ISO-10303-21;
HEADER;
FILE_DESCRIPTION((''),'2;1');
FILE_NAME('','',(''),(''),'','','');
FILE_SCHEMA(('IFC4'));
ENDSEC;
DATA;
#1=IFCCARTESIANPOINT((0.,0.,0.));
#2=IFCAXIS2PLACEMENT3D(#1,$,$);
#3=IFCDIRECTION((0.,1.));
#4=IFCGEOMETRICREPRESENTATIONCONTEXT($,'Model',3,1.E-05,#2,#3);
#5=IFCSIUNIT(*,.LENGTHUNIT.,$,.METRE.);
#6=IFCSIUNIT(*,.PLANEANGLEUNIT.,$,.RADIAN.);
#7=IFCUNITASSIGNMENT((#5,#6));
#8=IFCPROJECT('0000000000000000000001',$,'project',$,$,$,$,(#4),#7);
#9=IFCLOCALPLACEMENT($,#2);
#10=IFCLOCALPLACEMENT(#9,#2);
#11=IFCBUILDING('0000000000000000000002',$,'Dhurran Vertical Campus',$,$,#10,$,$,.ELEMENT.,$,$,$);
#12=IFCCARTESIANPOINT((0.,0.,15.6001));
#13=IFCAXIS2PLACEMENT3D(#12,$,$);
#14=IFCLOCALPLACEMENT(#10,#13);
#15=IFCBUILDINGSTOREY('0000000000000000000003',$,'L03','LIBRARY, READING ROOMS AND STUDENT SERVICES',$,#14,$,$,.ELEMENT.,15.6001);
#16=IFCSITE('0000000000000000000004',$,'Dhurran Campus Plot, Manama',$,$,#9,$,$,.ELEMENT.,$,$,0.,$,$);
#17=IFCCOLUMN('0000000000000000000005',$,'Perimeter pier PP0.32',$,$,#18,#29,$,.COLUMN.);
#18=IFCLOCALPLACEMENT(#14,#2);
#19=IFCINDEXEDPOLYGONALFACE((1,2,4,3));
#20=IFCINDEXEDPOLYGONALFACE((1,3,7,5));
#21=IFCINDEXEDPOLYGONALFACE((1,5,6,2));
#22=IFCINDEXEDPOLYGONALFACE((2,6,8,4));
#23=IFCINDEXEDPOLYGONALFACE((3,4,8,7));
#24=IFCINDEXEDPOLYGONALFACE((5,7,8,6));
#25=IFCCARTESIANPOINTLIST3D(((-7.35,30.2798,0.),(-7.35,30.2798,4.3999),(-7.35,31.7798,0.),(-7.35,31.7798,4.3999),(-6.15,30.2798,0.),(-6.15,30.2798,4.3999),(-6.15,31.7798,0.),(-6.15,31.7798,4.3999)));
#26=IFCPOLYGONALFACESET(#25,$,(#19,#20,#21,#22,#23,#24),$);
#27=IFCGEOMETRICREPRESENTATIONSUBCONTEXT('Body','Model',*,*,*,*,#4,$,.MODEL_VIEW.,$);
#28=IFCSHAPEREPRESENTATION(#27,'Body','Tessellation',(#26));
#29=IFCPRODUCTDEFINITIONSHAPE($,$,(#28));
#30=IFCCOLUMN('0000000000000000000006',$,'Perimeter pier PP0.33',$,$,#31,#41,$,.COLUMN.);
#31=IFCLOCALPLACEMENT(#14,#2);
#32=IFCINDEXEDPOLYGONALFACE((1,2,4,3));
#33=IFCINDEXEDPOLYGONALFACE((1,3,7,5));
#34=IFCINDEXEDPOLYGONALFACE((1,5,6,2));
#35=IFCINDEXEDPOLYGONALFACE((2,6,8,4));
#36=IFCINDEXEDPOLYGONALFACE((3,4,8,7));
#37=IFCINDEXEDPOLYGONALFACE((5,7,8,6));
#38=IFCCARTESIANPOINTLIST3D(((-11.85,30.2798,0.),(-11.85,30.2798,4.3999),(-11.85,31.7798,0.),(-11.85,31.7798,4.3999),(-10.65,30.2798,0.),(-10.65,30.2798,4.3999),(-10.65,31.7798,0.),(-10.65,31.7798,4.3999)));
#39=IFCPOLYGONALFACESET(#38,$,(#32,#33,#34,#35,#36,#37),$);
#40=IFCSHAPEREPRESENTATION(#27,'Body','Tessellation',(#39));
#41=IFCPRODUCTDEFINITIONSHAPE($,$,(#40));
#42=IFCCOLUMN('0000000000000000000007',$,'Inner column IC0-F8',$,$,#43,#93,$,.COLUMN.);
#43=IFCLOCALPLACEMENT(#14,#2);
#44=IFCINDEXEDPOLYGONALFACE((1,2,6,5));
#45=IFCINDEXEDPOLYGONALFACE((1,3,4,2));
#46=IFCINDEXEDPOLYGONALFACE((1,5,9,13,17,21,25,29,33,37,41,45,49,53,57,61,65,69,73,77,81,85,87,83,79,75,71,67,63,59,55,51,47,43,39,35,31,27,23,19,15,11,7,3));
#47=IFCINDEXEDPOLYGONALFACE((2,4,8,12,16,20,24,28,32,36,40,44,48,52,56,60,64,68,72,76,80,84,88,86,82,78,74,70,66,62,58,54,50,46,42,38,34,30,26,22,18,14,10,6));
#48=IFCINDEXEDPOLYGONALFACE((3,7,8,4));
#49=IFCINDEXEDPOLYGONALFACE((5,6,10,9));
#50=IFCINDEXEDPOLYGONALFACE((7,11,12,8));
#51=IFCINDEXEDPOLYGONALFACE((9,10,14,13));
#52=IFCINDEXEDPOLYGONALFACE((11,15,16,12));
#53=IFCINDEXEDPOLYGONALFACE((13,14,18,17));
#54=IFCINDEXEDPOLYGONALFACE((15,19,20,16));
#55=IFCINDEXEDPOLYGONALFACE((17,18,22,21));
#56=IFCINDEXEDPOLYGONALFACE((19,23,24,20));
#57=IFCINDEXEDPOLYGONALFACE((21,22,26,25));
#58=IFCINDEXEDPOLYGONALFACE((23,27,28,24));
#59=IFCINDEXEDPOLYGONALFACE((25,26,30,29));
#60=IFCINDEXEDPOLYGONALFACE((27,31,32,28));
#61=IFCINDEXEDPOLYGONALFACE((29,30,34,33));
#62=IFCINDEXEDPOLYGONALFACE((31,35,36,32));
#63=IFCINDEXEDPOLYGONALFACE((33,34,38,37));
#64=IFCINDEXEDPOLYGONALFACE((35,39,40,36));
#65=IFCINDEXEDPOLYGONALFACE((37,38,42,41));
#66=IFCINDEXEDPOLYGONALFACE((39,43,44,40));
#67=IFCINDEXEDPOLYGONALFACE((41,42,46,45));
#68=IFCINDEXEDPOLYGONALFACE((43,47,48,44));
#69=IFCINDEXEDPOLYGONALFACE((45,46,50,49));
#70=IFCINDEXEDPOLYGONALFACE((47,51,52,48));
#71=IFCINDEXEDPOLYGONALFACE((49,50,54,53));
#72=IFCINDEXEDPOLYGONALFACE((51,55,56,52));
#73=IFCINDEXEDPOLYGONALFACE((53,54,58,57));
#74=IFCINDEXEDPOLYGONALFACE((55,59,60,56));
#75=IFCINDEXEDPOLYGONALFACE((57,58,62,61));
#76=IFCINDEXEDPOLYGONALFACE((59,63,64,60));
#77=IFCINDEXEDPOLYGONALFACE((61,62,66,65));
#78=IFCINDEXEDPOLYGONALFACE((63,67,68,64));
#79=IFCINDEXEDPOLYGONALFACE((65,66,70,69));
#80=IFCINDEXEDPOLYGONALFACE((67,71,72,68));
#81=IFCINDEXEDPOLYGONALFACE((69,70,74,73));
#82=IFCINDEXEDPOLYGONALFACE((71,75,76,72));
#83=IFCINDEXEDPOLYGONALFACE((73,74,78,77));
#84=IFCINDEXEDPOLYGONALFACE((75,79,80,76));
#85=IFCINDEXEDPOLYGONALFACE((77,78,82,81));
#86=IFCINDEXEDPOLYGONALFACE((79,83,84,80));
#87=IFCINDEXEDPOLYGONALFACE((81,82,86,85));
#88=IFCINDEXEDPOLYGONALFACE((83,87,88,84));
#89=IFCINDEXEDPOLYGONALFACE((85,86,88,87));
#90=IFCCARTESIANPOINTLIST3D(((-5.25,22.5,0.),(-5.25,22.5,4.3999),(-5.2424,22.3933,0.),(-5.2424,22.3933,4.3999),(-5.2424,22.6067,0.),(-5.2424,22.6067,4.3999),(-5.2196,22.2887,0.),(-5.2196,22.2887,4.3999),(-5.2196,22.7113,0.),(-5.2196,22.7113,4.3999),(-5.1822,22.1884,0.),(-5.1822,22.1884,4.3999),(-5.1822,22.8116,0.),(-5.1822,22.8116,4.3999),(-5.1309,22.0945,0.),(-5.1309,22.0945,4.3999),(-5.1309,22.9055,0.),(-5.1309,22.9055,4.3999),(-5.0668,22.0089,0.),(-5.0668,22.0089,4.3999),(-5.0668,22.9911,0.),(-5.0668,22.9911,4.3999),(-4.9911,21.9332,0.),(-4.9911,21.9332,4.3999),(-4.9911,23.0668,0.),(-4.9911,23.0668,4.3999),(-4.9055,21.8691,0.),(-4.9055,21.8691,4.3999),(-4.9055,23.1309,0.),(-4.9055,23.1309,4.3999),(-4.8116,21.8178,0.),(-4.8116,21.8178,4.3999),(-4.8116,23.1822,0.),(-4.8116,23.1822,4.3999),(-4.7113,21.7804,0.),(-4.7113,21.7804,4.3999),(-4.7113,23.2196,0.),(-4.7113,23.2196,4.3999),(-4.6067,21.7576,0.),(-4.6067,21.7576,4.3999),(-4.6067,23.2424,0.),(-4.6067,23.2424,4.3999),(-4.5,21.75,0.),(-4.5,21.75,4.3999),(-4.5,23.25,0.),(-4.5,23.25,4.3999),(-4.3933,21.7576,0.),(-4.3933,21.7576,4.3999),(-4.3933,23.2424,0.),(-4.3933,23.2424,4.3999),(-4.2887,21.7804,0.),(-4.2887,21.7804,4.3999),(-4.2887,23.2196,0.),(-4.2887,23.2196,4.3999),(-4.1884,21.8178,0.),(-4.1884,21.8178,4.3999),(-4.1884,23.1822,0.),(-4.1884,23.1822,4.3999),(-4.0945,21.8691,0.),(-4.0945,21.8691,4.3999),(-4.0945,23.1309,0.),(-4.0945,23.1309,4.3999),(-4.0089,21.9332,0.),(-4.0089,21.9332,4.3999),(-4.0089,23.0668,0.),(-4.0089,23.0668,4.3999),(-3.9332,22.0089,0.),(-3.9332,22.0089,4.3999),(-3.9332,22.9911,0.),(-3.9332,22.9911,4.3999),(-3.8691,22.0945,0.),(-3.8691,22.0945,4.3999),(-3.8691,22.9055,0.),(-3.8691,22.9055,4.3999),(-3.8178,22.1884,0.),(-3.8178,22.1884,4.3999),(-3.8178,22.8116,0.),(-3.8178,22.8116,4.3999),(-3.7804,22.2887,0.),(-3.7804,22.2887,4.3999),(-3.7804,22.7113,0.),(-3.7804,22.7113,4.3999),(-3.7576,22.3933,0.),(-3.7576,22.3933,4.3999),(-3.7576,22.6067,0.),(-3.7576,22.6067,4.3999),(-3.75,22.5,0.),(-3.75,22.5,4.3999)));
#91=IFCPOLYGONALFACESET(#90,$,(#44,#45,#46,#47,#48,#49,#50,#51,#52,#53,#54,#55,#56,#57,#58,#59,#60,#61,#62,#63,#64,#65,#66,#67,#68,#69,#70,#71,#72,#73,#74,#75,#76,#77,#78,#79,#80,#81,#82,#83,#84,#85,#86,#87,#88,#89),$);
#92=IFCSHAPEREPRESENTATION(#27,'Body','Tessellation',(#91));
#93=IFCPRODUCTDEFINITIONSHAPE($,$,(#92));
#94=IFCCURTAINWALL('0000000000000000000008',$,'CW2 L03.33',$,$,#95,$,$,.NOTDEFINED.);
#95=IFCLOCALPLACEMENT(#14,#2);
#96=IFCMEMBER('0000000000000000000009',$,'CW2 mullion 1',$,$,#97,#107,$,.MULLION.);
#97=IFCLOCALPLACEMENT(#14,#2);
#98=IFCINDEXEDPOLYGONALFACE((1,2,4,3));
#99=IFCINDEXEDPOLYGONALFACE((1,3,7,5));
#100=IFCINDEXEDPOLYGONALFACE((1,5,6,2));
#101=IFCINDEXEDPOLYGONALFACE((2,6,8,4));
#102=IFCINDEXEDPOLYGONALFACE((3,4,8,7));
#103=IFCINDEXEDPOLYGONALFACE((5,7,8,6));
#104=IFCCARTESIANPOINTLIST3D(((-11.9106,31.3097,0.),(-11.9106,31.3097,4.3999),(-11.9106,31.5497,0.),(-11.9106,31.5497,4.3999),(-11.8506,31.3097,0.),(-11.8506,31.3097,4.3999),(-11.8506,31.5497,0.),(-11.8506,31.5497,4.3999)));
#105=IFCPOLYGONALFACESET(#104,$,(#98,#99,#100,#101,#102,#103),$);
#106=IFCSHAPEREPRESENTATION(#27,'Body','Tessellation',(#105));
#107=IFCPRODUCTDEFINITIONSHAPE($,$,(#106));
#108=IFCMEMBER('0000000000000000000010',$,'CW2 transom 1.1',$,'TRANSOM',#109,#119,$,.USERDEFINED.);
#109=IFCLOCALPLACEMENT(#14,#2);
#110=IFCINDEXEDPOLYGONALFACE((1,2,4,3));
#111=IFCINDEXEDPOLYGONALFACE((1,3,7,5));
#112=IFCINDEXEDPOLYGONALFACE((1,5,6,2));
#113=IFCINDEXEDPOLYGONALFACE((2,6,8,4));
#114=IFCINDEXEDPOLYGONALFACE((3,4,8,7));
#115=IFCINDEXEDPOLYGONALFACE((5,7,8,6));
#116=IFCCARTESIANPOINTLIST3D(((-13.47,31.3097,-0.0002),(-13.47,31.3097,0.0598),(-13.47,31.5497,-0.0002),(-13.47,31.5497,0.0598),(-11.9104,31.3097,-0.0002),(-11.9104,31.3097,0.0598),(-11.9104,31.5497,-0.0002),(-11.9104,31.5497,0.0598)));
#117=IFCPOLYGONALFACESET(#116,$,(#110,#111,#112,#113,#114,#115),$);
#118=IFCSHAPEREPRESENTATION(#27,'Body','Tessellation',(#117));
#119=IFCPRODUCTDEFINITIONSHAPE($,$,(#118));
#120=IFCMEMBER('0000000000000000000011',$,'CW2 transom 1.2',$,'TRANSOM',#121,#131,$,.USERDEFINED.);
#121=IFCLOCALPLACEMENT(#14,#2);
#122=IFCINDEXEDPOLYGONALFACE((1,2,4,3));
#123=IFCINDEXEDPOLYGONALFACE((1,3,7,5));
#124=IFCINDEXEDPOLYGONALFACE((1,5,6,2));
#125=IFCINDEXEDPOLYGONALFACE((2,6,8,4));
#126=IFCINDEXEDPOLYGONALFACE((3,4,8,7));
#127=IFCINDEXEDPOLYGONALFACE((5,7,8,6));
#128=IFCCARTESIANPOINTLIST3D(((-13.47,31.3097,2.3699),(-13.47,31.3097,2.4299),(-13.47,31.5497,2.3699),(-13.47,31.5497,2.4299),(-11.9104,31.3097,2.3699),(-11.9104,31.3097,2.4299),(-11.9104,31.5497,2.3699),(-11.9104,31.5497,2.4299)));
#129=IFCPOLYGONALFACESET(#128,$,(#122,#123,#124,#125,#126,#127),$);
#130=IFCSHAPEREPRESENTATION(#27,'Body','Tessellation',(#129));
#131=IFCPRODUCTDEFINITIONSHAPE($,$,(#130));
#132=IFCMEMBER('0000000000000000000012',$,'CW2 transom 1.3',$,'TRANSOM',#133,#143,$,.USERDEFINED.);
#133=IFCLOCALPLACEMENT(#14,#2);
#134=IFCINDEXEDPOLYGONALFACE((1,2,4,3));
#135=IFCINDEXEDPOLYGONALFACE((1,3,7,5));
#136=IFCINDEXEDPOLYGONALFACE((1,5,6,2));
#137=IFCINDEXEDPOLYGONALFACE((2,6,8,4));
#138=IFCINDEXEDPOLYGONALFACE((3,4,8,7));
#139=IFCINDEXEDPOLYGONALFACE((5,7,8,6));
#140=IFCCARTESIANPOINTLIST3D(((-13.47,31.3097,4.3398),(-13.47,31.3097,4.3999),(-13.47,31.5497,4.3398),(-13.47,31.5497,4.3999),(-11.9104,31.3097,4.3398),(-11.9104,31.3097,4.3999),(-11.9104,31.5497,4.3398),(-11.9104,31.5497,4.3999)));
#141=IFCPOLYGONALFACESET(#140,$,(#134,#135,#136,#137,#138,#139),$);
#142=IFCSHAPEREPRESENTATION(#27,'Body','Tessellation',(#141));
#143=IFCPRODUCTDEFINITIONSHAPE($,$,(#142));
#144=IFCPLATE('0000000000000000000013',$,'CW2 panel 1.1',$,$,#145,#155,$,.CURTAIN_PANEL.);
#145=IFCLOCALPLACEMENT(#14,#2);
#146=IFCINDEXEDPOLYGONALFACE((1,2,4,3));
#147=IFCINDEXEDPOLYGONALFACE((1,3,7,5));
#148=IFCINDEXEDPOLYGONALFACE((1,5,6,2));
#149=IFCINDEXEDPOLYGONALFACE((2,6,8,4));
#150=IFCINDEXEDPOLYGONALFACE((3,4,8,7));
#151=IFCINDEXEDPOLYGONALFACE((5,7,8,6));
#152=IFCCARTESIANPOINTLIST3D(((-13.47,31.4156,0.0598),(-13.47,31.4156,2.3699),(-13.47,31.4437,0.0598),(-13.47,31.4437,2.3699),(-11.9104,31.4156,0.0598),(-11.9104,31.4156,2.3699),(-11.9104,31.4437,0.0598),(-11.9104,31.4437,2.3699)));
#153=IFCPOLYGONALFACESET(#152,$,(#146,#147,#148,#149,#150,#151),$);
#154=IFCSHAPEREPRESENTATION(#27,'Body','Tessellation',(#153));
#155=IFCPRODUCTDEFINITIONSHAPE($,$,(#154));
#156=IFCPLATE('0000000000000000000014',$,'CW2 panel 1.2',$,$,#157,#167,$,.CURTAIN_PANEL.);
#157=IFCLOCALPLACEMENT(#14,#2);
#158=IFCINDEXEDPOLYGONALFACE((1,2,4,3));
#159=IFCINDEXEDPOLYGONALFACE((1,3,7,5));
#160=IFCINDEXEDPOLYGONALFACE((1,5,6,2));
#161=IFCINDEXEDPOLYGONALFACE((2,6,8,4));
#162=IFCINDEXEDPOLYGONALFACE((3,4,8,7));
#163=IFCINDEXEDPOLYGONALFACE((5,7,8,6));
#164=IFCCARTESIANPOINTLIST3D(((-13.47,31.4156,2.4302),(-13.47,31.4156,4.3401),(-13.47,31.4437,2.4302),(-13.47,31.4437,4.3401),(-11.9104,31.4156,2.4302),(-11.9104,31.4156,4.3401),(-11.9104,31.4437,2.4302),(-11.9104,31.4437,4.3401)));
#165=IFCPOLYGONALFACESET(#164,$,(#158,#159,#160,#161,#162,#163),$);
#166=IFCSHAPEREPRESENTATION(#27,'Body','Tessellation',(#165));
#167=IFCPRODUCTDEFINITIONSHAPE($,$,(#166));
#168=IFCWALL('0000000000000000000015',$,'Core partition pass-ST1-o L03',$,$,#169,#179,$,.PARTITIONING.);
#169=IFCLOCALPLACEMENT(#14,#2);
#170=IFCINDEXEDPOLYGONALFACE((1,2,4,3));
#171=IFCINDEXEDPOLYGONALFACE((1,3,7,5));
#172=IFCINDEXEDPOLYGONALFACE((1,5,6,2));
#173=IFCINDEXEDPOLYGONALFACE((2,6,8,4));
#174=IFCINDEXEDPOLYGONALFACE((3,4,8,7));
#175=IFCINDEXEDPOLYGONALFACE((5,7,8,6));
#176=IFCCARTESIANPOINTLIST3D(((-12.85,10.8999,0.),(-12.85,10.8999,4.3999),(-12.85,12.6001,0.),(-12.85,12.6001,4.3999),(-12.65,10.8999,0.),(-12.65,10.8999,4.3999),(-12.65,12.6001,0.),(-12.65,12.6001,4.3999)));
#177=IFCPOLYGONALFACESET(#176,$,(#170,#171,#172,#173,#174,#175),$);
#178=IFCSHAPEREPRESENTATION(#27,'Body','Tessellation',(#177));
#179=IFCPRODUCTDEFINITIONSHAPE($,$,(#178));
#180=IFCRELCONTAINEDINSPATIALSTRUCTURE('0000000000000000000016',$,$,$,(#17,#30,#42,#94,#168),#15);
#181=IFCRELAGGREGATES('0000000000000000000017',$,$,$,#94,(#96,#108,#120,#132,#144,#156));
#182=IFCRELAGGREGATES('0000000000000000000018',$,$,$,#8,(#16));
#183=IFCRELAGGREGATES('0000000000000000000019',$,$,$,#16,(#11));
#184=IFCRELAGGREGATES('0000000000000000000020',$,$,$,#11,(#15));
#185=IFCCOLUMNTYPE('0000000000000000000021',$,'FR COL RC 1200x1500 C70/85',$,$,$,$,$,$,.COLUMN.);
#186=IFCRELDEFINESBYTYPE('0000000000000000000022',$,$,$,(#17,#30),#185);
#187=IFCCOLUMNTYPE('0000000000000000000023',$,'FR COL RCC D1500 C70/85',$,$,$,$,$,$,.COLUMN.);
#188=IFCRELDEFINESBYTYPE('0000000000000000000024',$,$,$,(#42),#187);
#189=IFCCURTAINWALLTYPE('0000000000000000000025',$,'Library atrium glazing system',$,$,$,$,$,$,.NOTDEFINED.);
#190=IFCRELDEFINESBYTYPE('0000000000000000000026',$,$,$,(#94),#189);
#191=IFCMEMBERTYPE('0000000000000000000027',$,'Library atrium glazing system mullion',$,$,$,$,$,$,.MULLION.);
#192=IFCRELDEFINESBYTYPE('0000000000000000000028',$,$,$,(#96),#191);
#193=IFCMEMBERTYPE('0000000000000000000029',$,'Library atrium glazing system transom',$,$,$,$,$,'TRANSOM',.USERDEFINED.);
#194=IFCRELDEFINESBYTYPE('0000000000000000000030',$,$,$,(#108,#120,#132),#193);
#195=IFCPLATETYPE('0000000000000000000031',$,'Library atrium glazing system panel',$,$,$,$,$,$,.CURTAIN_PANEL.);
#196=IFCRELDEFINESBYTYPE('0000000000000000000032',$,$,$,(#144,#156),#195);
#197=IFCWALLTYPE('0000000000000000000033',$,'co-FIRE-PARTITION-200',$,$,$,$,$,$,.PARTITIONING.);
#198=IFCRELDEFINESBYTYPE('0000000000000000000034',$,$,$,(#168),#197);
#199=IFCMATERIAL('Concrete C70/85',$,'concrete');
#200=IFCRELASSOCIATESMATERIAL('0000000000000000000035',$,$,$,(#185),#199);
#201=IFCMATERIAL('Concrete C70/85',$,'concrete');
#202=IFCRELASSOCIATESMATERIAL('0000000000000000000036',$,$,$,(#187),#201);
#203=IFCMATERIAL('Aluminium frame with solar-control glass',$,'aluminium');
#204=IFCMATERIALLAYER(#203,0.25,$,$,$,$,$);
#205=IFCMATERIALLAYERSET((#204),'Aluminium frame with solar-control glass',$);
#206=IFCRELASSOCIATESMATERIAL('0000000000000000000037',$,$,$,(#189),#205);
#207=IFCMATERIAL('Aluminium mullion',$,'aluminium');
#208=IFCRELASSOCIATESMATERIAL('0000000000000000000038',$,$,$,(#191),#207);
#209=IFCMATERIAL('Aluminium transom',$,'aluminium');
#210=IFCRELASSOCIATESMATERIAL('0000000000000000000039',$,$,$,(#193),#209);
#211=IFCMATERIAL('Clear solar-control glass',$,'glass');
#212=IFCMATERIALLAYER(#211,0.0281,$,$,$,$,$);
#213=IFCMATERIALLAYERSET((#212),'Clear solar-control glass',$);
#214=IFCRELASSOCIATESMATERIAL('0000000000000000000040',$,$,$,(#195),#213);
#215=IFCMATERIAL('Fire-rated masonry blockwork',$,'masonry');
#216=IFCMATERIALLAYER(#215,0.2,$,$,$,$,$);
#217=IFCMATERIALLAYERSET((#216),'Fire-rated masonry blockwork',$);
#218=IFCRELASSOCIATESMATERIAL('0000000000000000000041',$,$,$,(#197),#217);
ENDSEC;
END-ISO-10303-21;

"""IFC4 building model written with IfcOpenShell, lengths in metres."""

from ifc_helpers import new_model, si_unit, direction, frame, frame_2d, origin, origin_2d, place, context, subcontext, project, spatial, rectangle, circle, extrude, material, layer, layer_set, material_profile, profile_set, type_object, element, aggregate, save


model = new_model("IFC4")

# Units and contexts
model_context = context("Model", 3, precision=1e-05, world=origin(), true_north=direction((0.0, 1.0)))
body_context = subcontext(model_context, "Body", "Model", "MODEL_VIEW")
ifc_project = project(units=[si_unit("LENGTHUNIT", "METRE"), si_unit("PLANEANGLEUNIT", "RADIAN")], contexts=[model_context])

# Site, building, storey
site_placement = place(None, origin())
site = spatial("IfcSite", under=ifc_project, at=site_placement, Name="Dhurran Campus Plot, Manama", CompositionType="ELEMENT", RefElevation=0.0)
building_placement = place(site_placement, origin())
building = spatial("IfcBuilding", under=site, at=building_placement, Name="Dhurran Vertical Campus", CompositionType="ELEMENT")
storey_placement = place(building_placement, frame((0.0, 0.0, 15.6001)))
storey = spatial("IfcBuildingStorey", under=building, at=storey_placement, Name="L03", Description="LIBRARY, READING ROOMS AND STUDENT SERVICES", CompositionType="ELEMENT", Elevation=15.6001)

# Columns
ifc_material_1 = material(Name="Concrete C70/85", Category="concrete")
ifc_material_profile_1 = material_profile(ifc_material_1, rectangle(XDim=1.2, YDim=1.5, at=origin_2d()), Name="RC 1200x1500")
ifc_profile_set_1 = profile_set([ifc_material_profile_1], Name="Concrete C70/85")
column_type_1 = type_object("IfcColumnType", Name="FR COL RC 1200x1500 C70/85", PredefinedType="COLUMN", material=ifc_profile_set_1)
for number, where, z_axis, x_axis, name in (
    (1, (-6.75, 31.0298, 0.0), (0.0, 0.0, 1.0), (-1.0, 0.0, 0.0), "Perimeter pier PP0.32"),
    (2, (-11.25, 31.0298, 0.0), (0.0, 0.0, 1.0), (-1.0, 0.0, 0.0), "Perimeter pier PP0.33"),
):
    element("IfcColumn", number, at=place(storey_placement, frame(where, z_axis=z_axis, x_axis=x_axis)), inside=storey, type_object=column_type_1, Name=name, PredefinedType="COLUMN", context=body_context, shape_type="SweptSolid", body=[
        extrude(rectangle(XDim=1.2, YDim=1.5, at=origin_2d()), origin(), (0.0, 0.0, 1.0), 4.3999),
    ])
ifc_material_2 = material(Name="Concrete C70/85", Category="concrete")
ifc_material_profile_2 = material_profile(ifc_material_2, circle(Radius=0.75, at=origin_2d()), Name="RCC D1500")
ifc_profile_set_2 = profile_set([ifc_material_profile_2], Name="Concrete C70/85")
column_type_2 = type_object("IfcColumnType", Name="FR COL RCC D1500 C70/85", PredefinedType="COLUMN", material=ifc_profile_set_2)
column_placement = place(storey_placement, frame((-4.5, 22.5, 0.0), z_axis=(0.0, 0.0, 1.0), x_axis=(1.0, 0.0, 0.0)))
element("IfcColumn", 3, at=column_placement, inside=storey, type_object=column_type_2, Name="Inner column IC0-F8", PredefinedType="COLUMN", context=body_context, shape_type="SweptSolid", body=[
    extrude(circle(Radius=0.75, at=origin_2d()), origin(), (0.0, 0.0, 1.0), 4.3999),
])

# Curtain wall, members, plates
ifc_material_3 = material(Name="Aluminium frame with solar-control glass", Category="aluminium")
ifc_layer_1 = layer(ifc_material_3, 0.25)
ifc_layer_set_1 = layer_set([ifc_layer_1], Name="Aluminium frame with solar-control glass")
curtain_wall_type = type_object("IfcCurtainWallType", Name="Library atrium glazing system", PredefinedType="NOTDEFINED", material=ifc_layer_set_1)
curtain_wall_placement = place(storey_placement, origin())
curtain_wall = element("IfcCurtainWall", 4, at=curtain_wall_placement, inside=storey, type_object=curtain_wall_type, Name="CW2 L03.33", PredefinedType="NOTDEFINED")
ifc_material_4 = material(Name="Aluminium mullion", Category="aluminium")
ifc_material_profile_3 = material_profile(ifc_material_4, rectangle(XDim=0.24, YDim=0.0601, at=origin_2d()), Name="Library atrium glazing system mullion")
ifc_profile_set_3 = profile_set([ifc_material_profile_3], Name="Aluminium mullion")
member_type_1 = type_object("IfcMemberType", Name="Library atrium glazing system mullion", PredefinedType="MULLION", material=ifc_profile_set_3)
member_1_placement = place(storey_placement, frame((-11.8806, 31.4297, 0.0), z_axis=(0.0, 0.0, 1.0), x_axis=(0.0, -1.0, 0.0)))
member_1 = element("IfcMember", 5, at=member_1_placement, type_object=member_type_1, Name="CW2 mullion 1", PredefinedType="MULLION", context=body_context, shape_type="SweptSolid", body=[
    extrude(rectangle(XDim=0.24, YDim=0.0601, at=origin_2d()), origin(), (0.0, 0.0, 1.0), 4.3999),
])
ifc_material_5 = material(Name="Aluminium transom", Category="aluminium")
ifc_material_profile_4 = material_profile(ifc_material_5, rectangle(XDim=0.24, YDim=0.0601, at=origin_2d()), Name="Library atrium glazing system transom")
ifc_profile_set_4 = profile_set([ifc_material_profile_4], Name="Aluminium transom")
member_type_2 = type_object("IfcMemberType", Name="Library atrium glazing system transom", ElementType="TRANSOM", PredefinedType="USERDEFINED", material=ifc_profile_set_4)
member_2_placement = place(storey_placement, frame((-11.9104, 31.4297, 0.0298), z_axis=(-1.0, 0.0, 0.0), x_axis=(0.0, -1.0, 0.0)))
member_2 = element("IfcMember", 6, at=member_2_placement, type_object=member_type_2, Name="CW2 transom 1.1", ObjectType="TRANSOM", PredefinedType="USERDEFINED", context=body_context, shape_type="SweptSolid", body=[
    extrude(rectangle(XDim=0.24, YDim=0.0601, at=origin_2d()), origin(), (0.0, 0.0, 1.0), 1.5596),
])
member_3_placement = place(storey_placement, frame((-11.9104, 31.4297, 2.3999), z_axis=(-1.0, 0.0, 0.0), x_axis=(0.0, -1.0, 0.0)))
member_3 = element("IfcMember", 7, at=member_3_placement, type_object=member_type_2, Name="CW2 transom 1.2", ObjectType="TRANSOM", PredefinedType="USERDEFINED", context=body_context, shape_type="SweptSolid", body=[
    extrude(rectangle(XDim=0.24, YDim=0.0601, at=origin_2d()), origin(), (0.0, 0.0, 1.0), 1.5596),
])
member_4_placement = place(storey_placement, frame((-11.9104, 31.4297, 4.3699), z_axis=(-1.0, 0.0, 0.0), x_axis=(0.0, -1.0, 0.0)))
member_4 = element("IfcMember", 8, at=member_4_placement, type_object=member_type_2, Name="CW2 transom 1.3", ObjectType="TRANSOM", PredefinedType="USERDEFINED", context=body_context, shape_type="SweptSolid", body=[
    extrude(rectangle(XDim=0.24, YDim=0.0601, at=origin_2d()), origin(), (0.0, 0.0, 1.0), 1.5596),
])
ifc_material_6 = material(Name="Clear solar-control glass", Category="glass")
ifc_layer_2 = layer(ifc_material_6, 0.0281)
ifc_layer_set_2 = layer_set([ifc_layer_2], Name="Clear solar-control glass")
plate_type = type_object("IfcPlateType", Name="Library atrium glazing system panel", PredefinedType="CURTAIN_PANEL", material=ifc_layer_set_2)
plate_1_placement = place(storey_placement, frame((-12.6902, 31.4297, 0.0598), z_axis=(0.0, 0.0, 1.0), x_axis=(-1.0, 0.0, 0.0)))
plate_1 = element("IfcPlate", 9, at=plate_1_placement, type_object=plate_type, Name="CW2 panel 1.1", PredefinedType="CURTAIN_PANEL", context=body_context, shape_type="SweptSolid", body=[
    extrude(rectangle(XDim=1.5596, YDim=0.0281, at=origin_2d()), origin(), (0.0, 0.0, 1.0), 2.3101),
])
plate_2_placement = place(storey_placement, frame((-12.6902, 31.4297, 2.4302), z_axis=(0.0, 0.0, 1.0), x_axis=(-1.0, 0.0, 0.0)))
plate_2 = element("IfcPlate", 10, at=plate_2_placement, type_object=plate_type, Name="CW2 panel 1.2", PredefinedType="CURTAIN_PANEL", context=body_context, shape_type="SweptSolid", body=[
    extrude(rectangle(XDim=1.5596, YDim=0.0281, at=origin_2d()), origin(), (0.0, 0.0, 1.0), 1.9099),
])
aggregate(curtain_wall, [member_1, member_2, member_3, member_4, plate_1, plate_2])

# Wall
ifc_material_7 = material(Name="Fire-rated masonry blockwork", Category="masonry")
ifc_layer_3 = layer(ifc_material_7, 0.2)
ifc_layer_set_3 = layer_set([ifc_layer_3], Name="Fire-rated masonry blockwork")
wall_type_1 = type_object("IfcWallType", Name="co-FIRE-PARTITION-200", PredefinedType="PARTITIONING", material=ifc_layer_set_3)
wall_1_placement = place(storey_placement, frame((-12.75, 10.8999, 0.0), z_axis=(0.0, 0.0, 1.0), x_axis=(0.0, 1.0, 0.0)))
element("IfcWall", 11, at=wall_1_placement, inside=storey, type_object=wall_type_1, Name="Core partition pass-ST1-o L03", PredefinedType="PARTITIONING", context=body_context, shape_type="SweptSolid", body=[
    extrude(rectangle(XDim=1.7002, YDim=0.2, at=frame_2d((0.8501, 0.0))), origin(), (0.0, 0.0, 1.0), 4.3999),
])

save(model, "model.ifc")
